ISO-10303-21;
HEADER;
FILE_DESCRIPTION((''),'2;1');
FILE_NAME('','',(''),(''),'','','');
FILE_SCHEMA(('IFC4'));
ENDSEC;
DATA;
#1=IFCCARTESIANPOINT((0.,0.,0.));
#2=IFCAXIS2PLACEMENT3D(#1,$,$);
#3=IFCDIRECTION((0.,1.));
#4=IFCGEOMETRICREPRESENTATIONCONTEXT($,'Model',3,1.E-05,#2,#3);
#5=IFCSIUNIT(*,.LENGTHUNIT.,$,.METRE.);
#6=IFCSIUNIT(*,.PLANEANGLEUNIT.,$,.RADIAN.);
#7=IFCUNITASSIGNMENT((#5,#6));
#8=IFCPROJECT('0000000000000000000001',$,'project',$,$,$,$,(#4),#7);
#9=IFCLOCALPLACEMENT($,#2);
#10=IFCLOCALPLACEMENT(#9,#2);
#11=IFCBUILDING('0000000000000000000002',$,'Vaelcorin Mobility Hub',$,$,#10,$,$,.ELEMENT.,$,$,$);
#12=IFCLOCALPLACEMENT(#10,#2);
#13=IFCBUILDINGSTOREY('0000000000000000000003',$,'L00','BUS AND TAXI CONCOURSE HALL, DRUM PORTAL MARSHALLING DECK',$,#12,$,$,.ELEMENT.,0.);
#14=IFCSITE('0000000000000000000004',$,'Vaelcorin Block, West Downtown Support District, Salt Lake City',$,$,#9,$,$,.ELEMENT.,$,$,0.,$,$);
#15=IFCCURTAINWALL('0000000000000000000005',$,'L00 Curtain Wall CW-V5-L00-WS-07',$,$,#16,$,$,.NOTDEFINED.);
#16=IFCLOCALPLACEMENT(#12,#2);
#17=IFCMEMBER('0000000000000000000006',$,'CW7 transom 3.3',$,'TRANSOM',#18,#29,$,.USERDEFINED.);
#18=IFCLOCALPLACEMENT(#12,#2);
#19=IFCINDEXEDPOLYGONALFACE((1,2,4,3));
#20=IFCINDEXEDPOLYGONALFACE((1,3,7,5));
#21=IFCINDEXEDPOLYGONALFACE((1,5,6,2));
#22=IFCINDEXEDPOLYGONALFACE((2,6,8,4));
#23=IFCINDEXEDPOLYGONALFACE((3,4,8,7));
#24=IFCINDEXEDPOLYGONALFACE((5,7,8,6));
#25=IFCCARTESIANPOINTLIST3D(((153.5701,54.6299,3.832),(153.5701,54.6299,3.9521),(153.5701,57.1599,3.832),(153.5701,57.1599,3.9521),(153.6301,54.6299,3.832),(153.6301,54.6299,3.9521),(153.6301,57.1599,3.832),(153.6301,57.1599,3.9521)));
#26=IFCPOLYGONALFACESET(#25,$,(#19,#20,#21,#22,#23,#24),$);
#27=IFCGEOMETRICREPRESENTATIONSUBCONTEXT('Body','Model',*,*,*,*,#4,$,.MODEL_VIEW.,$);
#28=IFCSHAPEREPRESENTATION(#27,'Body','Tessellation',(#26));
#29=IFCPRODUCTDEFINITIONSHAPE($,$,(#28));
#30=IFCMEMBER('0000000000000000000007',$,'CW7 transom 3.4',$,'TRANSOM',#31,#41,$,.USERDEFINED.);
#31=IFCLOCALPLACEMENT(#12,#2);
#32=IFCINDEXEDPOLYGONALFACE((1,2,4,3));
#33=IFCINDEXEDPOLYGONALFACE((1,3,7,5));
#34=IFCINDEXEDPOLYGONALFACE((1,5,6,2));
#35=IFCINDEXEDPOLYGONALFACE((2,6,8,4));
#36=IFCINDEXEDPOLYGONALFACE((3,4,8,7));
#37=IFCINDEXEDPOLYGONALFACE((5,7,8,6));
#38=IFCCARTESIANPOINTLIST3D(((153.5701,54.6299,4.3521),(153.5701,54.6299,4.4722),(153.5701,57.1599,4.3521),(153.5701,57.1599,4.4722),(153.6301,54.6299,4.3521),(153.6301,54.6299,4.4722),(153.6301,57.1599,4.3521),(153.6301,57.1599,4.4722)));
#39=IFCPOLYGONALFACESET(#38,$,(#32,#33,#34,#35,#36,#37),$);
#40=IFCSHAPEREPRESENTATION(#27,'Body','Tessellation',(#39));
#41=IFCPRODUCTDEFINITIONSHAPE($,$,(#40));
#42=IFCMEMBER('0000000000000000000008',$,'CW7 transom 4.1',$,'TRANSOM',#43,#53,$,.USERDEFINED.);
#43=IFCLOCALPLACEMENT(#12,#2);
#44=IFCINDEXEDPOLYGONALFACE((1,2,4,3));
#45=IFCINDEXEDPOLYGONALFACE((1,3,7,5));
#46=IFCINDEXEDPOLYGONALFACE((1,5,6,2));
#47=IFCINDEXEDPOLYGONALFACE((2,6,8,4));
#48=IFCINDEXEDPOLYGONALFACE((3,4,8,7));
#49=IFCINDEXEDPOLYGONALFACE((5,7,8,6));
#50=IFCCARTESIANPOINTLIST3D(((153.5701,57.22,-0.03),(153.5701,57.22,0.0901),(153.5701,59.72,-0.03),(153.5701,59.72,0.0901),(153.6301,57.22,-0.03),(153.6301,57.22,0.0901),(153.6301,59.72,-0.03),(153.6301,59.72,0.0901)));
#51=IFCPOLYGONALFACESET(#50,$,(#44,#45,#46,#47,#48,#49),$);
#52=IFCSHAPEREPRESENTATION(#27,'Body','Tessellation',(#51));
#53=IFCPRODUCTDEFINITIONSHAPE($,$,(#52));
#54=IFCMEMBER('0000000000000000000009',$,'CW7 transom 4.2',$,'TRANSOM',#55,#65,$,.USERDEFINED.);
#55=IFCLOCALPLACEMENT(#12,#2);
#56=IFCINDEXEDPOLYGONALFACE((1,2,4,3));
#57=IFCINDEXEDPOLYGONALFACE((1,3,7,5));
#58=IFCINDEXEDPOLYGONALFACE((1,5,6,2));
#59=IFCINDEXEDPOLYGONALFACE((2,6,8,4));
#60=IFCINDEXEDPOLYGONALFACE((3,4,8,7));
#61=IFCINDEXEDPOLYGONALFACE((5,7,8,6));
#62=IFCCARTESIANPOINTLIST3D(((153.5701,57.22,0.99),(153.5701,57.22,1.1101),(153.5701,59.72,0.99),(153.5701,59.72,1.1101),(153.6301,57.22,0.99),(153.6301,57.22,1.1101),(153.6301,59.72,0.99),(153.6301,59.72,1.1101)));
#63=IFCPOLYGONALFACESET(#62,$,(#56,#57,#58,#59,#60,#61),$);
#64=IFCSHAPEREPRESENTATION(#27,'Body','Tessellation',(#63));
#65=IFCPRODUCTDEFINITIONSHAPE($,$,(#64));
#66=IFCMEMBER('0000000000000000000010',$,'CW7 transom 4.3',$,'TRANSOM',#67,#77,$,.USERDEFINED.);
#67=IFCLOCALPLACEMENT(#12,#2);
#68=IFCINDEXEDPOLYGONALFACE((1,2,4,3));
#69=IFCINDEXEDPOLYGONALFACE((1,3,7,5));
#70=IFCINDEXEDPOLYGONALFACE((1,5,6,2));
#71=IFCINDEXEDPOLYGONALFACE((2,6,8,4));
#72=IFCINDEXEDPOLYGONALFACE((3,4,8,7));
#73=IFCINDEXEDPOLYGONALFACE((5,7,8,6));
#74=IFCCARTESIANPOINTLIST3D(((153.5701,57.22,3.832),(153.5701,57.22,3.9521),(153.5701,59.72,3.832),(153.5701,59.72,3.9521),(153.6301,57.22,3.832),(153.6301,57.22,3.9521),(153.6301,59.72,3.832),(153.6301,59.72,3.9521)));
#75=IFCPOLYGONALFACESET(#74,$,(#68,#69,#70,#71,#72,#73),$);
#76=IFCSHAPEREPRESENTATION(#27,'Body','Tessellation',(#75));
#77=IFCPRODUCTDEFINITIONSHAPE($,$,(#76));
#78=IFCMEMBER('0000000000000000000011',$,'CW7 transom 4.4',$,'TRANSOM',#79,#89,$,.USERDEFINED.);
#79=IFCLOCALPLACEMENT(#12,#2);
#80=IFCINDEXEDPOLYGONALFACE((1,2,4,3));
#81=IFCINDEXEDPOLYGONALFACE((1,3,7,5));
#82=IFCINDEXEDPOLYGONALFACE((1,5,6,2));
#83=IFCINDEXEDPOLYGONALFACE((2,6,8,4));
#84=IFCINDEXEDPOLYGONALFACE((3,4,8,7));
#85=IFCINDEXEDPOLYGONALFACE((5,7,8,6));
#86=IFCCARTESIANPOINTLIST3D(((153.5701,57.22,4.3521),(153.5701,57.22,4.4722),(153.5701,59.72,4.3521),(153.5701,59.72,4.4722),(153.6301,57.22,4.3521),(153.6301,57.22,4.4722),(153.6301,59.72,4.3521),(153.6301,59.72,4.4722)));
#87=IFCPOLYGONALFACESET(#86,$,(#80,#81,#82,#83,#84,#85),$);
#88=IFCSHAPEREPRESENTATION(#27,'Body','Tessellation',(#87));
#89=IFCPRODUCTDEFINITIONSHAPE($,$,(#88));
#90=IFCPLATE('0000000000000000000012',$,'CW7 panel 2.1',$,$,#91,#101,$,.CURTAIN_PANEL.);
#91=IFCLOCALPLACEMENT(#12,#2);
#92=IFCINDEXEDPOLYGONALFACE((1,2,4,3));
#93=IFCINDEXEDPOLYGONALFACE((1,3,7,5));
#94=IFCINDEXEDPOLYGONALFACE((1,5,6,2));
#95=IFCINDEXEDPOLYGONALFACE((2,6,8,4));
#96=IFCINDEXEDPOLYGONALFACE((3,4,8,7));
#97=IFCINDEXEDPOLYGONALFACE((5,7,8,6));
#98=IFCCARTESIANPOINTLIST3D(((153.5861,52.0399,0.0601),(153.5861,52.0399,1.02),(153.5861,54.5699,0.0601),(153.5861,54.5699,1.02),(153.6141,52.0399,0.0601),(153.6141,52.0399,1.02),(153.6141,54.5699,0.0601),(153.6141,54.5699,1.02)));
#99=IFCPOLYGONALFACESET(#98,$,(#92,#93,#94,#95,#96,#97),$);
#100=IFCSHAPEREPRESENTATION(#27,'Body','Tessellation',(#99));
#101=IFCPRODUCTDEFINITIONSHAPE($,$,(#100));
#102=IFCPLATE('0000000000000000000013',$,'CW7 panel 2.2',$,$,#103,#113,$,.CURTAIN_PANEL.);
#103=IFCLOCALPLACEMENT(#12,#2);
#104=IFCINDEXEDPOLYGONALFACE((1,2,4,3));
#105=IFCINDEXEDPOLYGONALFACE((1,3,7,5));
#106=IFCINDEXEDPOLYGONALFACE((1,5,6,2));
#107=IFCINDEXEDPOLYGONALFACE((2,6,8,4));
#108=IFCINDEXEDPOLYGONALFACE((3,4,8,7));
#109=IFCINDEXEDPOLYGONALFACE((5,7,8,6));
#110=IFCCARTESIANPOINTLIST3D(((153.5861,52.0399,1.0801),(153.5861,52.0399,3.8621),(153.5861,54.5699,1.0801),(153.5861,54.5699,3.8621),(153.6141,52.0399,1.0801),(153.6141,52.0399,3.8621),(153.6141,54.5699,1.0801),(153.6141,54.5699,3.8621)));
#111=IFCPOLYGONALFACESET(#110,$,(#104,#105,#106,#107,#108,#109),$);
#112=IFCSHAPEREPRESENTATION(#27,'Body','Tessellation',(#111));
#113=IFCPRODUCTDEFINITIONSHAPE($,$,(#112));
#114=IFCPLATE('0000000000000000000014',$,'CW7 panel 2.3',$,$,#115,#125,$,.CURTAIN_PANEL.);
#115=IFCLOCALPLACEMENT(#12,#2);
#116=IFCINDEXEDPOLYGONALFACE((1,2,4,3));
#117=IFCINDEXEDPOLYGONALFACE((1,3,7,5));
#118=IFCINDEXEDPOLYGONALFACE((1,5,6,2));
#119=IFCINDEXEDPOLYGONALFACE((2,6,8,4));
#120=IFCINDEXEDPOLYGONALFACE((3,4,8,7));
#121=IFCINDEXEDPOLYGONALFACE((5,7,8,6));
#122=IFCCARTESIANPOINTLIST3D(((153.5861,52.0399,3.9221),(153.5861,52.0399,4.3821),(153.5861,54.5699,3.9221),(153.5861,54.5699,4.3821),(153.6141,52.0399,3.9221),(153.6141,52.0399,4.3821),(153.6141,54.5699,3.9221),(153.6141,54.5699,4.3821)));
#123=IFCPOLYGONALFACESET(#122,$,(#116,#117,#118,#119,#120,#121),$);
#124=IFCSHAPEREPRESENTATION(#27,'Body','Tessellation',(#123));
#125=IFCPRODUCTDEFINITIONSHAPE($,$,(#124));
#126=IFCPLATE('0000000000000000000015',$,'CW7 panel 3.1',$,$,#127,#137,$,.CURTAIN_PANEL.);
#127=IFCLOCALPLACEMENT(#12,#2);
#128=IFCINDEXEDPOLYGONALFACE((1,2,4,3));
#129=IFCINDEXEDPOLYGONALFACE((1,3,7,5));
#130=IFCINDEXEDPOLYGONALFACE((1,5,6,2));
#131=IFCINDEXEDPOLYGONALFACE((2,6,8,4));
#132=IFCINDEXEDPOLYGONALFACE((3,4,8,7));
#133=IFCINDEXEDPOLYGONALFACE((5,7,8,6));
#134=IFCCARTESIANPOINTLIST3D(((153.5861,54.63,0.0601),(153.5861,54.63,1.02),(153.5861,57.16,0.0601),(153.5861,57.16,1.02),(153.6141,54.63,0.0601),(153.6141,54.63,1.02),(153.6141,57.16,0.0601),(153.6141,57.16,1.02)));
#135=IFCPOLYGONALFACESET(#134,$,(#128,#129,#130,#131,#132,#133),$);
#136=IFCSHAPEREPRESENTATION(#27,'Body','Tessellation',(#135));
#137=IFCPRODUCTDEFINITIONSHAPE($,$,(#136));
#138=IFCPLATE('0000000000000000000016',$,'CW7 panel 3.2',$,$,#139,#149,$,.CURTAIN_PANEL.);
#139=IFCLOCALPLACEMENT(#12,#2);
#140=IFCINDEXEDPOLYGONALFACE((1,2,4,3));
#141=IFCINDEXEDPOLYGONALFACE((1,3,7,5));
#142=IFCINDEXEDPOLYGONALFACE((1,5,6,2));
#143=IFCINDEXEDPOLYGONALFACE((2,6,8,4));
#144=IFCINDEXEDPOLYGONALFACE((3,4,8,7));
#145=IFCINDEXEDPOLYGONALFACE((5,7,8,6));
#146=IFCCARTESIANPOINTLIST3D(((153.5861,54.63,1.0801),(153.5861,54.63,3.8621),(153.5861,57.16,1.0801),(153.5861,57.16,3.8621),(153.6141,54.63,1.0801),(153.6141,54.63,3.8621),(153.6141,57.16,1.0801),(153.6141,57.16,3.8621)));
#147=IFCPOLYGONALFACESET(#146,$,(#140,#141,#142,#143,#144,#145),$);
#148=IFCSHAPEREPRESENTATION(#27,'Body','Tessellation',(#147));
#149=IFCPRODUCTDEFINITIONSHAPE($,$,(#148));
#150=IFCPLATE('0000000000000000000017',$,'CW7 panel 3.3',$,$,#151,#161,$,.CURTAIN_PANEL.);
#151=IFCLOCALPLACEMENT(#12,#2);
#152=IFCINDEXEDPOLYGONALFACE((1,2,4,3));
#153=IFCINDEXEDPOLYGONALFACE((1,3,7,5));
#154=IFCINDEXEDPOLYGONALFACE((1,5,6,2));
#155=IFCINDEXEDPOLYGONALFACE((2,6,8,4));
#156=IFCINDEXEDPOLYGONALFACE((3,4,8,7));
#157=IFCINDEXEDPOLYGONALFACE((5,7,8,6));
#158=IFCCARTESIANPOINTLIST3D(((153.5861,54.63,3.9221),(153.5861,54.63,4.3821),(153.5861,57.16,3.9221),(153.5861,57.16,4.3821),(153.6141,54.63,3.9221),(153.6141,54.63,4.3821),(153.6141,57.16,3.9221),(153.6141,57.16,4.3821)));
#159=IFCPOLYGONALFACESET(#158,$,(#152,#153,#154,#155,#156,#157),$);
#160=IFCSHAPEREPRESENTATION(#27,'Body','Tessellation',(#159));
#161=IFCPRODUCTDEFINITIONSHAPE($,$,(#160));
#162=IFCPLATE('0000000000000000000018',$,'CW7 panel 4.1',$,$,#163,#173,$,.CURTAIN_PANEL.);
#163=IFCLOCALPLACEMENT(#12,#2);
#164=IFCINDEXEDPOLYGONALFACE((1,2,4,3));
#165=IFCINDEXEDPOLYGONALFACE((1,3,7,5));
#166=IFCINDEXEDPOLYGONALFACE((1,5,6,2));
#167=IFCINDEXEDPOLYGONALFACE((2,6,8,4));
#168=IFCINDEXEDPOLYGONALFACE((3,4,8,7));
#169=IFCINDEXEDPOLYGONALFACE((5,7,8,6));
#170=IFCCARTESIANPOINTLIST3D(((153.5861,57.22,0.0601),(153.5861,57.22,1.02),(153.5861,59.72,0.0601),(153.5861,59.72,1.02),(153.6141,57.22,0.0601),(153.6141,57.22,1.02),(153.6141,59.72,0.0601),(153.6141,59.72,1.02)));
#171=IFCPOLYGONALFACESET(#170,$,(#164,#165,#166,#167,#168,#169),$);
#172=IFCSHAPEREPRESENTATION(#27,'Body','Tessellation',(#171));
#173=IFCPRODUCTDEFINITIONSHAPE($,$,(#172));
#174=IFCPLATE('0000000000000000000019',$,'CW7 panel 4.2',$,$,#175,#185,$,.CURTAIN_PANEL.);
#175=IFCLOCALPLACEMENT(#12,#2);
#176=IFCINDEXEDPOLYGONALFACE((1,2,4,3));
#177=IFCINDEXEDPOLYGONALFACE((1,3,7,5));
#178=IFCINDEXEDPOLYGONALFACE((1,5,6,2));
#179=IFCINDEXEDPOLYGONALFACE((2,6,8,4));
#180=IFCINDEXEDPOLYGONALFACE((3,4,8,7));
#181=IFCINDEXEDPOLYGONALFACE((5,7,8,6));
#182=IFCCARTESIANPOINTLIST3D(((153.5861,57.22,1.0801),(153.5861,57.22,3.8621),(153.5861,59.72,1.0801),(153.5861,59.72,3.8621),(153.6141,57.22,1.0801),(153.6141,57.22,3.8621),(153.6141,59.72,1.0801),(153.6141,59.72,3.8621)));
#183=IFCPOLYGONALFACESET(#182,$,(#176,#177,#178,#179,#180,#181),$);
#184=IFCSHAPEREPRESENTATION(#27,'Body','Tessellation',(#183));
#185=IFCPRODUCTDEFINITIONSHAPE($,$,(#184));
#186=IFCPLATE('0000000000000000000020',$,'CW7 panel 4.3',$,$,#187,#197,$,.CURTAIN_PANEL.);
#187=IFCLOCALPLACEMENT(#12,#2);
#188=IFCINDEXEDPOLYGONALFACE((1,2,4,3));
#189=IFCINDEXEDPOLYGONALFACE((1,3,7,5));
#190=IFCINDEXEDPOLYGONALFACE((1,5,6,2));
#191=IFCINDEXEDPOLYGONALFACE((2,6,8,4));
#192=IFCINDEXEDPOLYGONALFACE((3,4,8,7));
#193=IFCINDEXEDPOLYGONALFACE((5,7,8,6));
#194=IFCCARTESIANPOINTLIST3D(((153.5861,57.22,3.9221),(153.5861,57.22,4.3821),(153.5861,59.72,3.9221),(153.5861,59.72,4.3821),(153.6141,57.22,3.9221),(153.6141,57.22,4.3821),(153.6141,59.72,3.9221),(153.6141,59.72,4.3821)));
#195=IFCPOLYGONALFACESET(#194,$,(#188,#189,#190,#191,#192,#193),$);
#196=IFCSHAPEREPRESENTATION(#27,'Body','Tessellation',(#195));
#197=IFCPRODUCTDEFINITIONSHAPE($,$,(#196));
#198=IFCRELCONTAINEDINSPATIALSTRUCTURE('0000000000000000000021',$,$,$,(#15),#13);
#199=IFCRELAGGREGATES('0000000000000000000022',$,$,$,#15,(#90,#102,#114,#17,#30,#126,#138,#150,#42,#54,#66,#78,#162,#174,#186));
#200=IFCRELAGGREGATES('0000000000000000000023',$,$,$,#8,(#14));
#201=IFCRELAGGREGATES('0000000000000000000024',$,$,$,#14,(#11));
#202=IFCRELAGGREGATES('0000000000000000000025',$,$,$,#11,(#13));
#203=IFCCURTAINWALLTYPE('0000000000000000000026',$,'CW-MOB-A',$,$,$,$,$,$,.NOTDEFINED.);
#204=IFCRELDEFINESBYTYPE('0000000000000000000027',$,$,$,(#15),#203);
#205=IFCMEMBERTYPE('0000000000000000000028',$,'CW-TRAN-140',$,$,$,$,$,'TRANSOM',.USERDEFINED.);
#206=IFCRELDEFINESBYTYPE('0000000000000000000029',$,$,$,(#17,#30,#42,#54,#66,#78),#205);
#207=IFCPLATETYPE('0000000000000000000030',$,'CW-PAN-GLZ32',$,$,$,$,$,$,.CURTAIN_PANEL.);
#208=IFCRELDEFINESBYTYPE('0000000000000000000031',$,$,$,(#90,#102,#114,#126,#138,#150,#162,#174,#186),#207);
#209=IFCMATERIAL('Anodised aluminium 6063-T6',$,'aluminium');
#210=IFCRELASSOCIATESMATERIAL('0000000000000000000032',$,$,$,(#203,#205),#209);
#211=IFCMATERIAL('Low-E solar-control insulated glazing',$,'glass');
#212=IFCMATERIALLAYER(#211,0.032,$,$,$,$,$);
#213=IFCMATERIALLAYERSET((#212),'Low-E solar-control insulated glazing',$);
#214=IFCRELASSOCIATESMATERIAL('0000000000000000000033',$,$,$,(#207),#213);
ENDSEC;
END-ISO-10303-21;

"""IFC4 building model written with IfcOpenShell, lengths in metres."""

from ifc_helpers import new_model, si_unit, direction, frame, origin, origin_2d, place, context, subcontext, project, spatial, rectangle, extrude, material, layer, layer_set, material_profile, profile_set, type_object, element, aggregate, save


model = new_model("IFC4")

# Units and contexts
model_context = context("Model", 3, precision=1e-05, world=origin(), true_north=direction((0.0, 1.0)))
body_context = subcontext(model_context, "Body", "Model", "MODEL_VIEW")
ifc_project = project(units=[si_unit("LENGTHUNIT", "METRE"), si_unit("PLANEANGLEUNIT", "RADIAN")], contexts=[model_context])

# Site, building, storey
site_placement = place(None, origin())
site = spatial("IfcSite", under=ifc_project, at=site_placement, Name="Vaelcorin Block, West Downtown Support District, Salt Lake City", CompositionType="ELEMENT", RefElevation=0.0)
building_placement = place(site_placement, origin())
building = spatial("IfcBuilding", under=site, at=building_placement, Name="Vaelcorin Mobility Hub", CompositionType="ELEMENT")
storey_placement = place(building_placement, origin())
storey = spatial("IfcBuildingStorey", under=building, at=storey_placement, Name="L00", Description="BUS AND TAXI CONCOURSE HALL, DRUM PORTAL MARSHALLING DECK", CompositionType="ELEMENT", Elevation=0.0)

# Curtain wall, members, plates
ifc_material_1 = material(Name="Anodised aluminium 6063-T6", Category="aluminium")
curtain_wall_type = type_object("IfcCurtainWallType", Name="CW-MOB-A", PredefinedType="NOTDEFINED", material=ifc_material_1)
curtain_wall_placement = place(storey_placement, origin())
curtain_wall = element("IfcCurtainWall", 1, at=curtain_wall_placement, inside=storey, type_object=curtain_wall_type, Name="L00 Curtain Wall CW-V5-L00-WS-07", PredefinedType="NOTDEFINED")
ifc_material_profile_1 = material_profile(ifc_material_1, rectangle(XDim=0.0601, YDim=0.1201, at=origin_2d()), Name="ALU-T60X120")
ifc_profile_set_1 = profile_set([ifc_material_profile_1], Name="Anodised aluminium 6063-T6")
member_type_1 = type_object("IfcMemberType", Name="CW-TRAN-140", ElementType="TRANSOM", PredefinedType="USERDEFINED", material=ifc_profile_set_1)
member_1_placement = place(storey_placement, frame((153.6001, 54.6299, 3.8921), z_axis=(0.0, 1.0, 0.0), x_axis=(-1.0, 0.0, 0.0)))
member_1 = element("IfcMember", 2, at=member_1_placement, type_object=member_type_1, Name="CW7 transom 3.3", ObjectType="TRANSOM", PredefinedType="USERDEFINED", context=body_context, shape_type="SweptSolid", body=[
    extrude(rectangle(XDim=0.0601, YDim=0.1201, at=origin_2d()), origin(), (0.0, 0.0, 1.0), 2.53),
])
member_2_placement = place(storey_placement, frame((153.6001, 54.6299, 4.4121), z_axis=(0.0, 1.0, 0.0), x_axis=(-1.0, 0.0, 0.0)))
member_2 = element("IfcMember", 3, at=member_2_placement, type_object=member_type_1, Name="CW7 transom 3.4", ObjectType="TRANSOM", PredefinedType="USERDEFINED", context=body_context, shape_type="SweptSolid", body=[
    extrude(rectangle(XDim=0.0601, YDim=0.1201, at=origin_2d()), origin(), (0.0, 0.0, 1.0), 2.53),
])
member_3_placement = place(storey_placement, frame((153.6001, 57.22, 0.03), z_axis=(0.0, 1.0, 0.0), x_axis=(-1.0, 0.0, 0.0)))
member_3 = element("IfcMember", 4, at=member_3_placement, type_object=member_type_1, Name="CW7 transom 4.1", ObjectType="TRANSOM", PredefinedType="USERDEFINED", context=body_context, shape_type="SweptSolid", body=[
    extrude(rectangle(XDim=0.0601, YDim=0.1201, at=origin_2d()), origin(), (0.0, 0.0, 1.0), 2.5),
])
member_4_placement = place(storey_placement, frame((153.6001, 57.22, 1.05), z_axis=(0.0, 1.0, 0.0), x_axis=(-1.0, 0.0, 0.0)))
member_4 = element("IfcMember", 5, at=member_4_placement, type_object=member_type_1, Name="CW7 transom 4.2", ObjectType="TRANSOM", PredefinedType="USERDEFINED", context=body_context, shape_type="SweptSolid", body=[
    extrude(rectangle(XDim=0.0601, YDim=0.1201, at=origin_2d()), origin(), (0.0, 0.0, 1.0), 2.5),
])
member_5_placement = place(storey_placement, frame((153.6001, 57.22, 3.8921), z_axis=(0.0, 1.0, 0.0), x_axis=(-1.0, 0.0, 0.0)))
member_5 = element("IfcMember", 6, at=member_5_placement, type_object=member_type_1, Name="CW7 transom 4.3", ObjectType="TRANSOM", PredefinedType="USERDEFINED", context=body_context, shape_type="SweptSolid", body=[
    extrude(rectangle(XDim=0.0601, YDim=0.1201, at=origin_2d()), origin(), (0.0, 0.0, 1.0), 2.5),
])
member_6_placement = place(storey_placement, frame((153.6001, 57.22, 4.4121), z_axis=(0.0, 1.0, 0.0), x_axis=(-1.0, 0.0, 0.0)))
member_6 = element("IfcMember", 7, at=member_6_placement, type_object=member_type_1, Name="CW7 transom 4.4", ObjectType="TRANSOM", PredefinedType="USERDEFINED", context=body_context, shape_type="SweptSolid", body=[
    extrude(rectangle(XDim=0.0601, YDim=0.1201, at=origin_2d()), origin(), (0.0, 0.0, 1.0), 2.5),
])
ifc_material_2 = material(Name="Low-E solar-control insulated glazing", Category="glass")
ifc_layer_1 = layer(ifc_material_2, 0.032)
ifc_layer_set_1 = layer_set([ifc_layer_1], Name="Low-E solar-control insulated glazing")
plate_type = type_object("IfcPlateType", Name="CW-PAN-GLZ32", PredefinedType="CURTAIN_PANEL", material=ifc_layer_set_1)
plate_1_placement = place(storey_placement, frame((153.6001, 53.3049, 0.0601), z_axis=(0.0, 0.0, 1.0), x_axis=(0.0, 1.0, 0.0)))
plate_1 = element("IfcPlate", 8, at=plate_1_placement, type_object=plate_type, Name="CW7 panel 2.1", PredefinedType="CURTAIN_PANEL", context=body_context, shape_type="SweptSolid", body=[
    extrude(rectangle(XDim=2.53, YDim=0.0281, at=origin_2d()), origin(), (0.0, 0.0, 1.0), 0.96),
])
plate_2_placement = place(storey_placement, frame((153.6001, 53.3049, 1.0801), z_axis=(0.0, 0.0, 1.0), x_axis=(0.0, 1.0, 0.0)))
plate_2 = element("IfcPlate", 9, at=plate_2_placement, type_object=plate_type, Name="CW7 panel 2.2", PredefinedType="CURTAIN_PANEL", context=body_context, shape_type="SweptSolid", body=[
    extrude(rectangle(XDim=2.53, YDim=0.0281, at=origin_2d()), origin(), (0.0, 0.0, 1.0), 2.782),
])
plate_3_placement = place(storey_placement, frame((153.6001, 53.3049, 3.9221), z_axis=(0.0, 0.0, 1.0), x_axis=(0.0, 1.0, 0.0)))
plate_3 = element("IfcPlate", 10, at=plate_3_placement, type_object=plate_type, Name="CW7 panel 2.3", PredefinedType="CURTAIN_PANEL", context=body_context, shape_type="SweptSolid", body=[
    extrude(rectangle(XDim=2.53, YDim=0.0281, at=origin_2d()), origin(), (0.0, 0.0, 1.0), 0.46),
])
plate_4_placement = place(storey_placement, frame((153.6001, 55.895, 0.0601), z_axis=(0.0, 0.0, 1.0), x_axis=(0.0, 1.0, 0.0)))
plate_4 = element("IfcPlate", 11, at=plate_4_placement, type_object=plate_type, Name="CW7 panel 3.1", PredefinedType="CURTAIN_PANEL", context=body_context, shape_type="SweptSolid", body=[
    extrude(rectangle(XDim=2.53, YDim=0.0281, at=origin_2d()), origin(), (0.0, 0.0, 1.0), 0.96),
])
plate_5_placement = place(storey_placement, frame((153.6001, 55.895, 1.0801), z_axis=(0.0, 0.0, 1.0), x_axis=(0.0, 1.0, 0.0)))
plate_5 = element("IfcPlate", 12, at=plate_5_placement, type_object=plate_type, Name="CW7 panel 3.2", PredefinedType="CURTAIN_PANEL", context=body_context, shape_type="SweptSolid", body=[
    extrude(rectangle(XDim=2.53, YDim=0.0281, at=origin_2d()), origin(), (0.0, 0.0, 1.0), 2.782),
])
plate_6_placement = place(storey_placement, frame((153.6001, 55.895, 3.9221), z_axis=(0.0, 0.0, 1.0), x_axis=(0.0, 1.0, 0.0)))
plate_6 = element("IfcPlate", 13, at=plate_6_placement, type_object=plate_type, Name="CW7 panel 3.3", PredefinedType="CURTAIN_PANEL", context=body_context, shape_type="SweptSolid", body=[
    extrude(rectangle(XDim=2.53, YDim=0.0281, at=origin_2d()), origin(), (0.0, 0.0, 1.0), 0.46),
])
plate_7_placement = place(storey_placement, frame((153.6001, 58.47, 0.0601), z_axis=(0.0, 0.0, 1.0), x_axis=(0.0, 1.0, 0.0)))
plate_7 = element("IfcPlate", 14, at=plate_7_placement, type_object=plate_type, Name="CW7 panel 4.1", PredefinedType="CURTAIN_PANEL", context=body_context, shape_type="SweptSolid", body=[
    extrude(rectangle(XDim=2.5, YDim=0.0281, at=origin_2d()), origin(), (0.0, 0.0, 1.0), 0.96),
])
plate_8_placement = place(storey_placement, frame((153.6001, 58.47, 1.0801), z_axis=(0.0, 0.0, 1.0), x_axis=(0.0, 1.0, 0.0)))
plate_8 = element("IfcPlate", 15, at=plate_8_placement, type_object=plate_type, Name="CW7 panel 4.2", PredefinedType="CURTAIN_PANEL", context=body_context, shape_type="SweptSolid", body=[
    extrude(rectangle(XDim=2.5, YDim=0.0281, at=origin_2d()), origin(), (0.0, 0.0, 1.0), 2.782),
])
plate_9_placement = place(storey_placement, frame((153.6001, 58.47, 3.9221), z_axis=(0.0, 0.0, 1.0), x_axis=(0.0, 1.0, 0.0)))
plate_9 = element("IfcPlate", 16, at=plate_9_placement, type_object=plate_type, Name="CW7 panel 4.3", PredefinedType="CURTAIN_PANEL", context=body_context, shape_type="SweptSolid", body=[
    extrude(rectangle(XDim=2.5, YDim=0.0281, at=origin_2d()), origin(), (0.0, 0.0, 1.0), 0.46),
])
aggregate(curtain_wall, [plate_1, plate_2, plate_3, member_1, member_2, plate_4, plate_5, plate_6, member_3, member_4, member_5, member_6, plate_7, plate_8, plate_9])

save(model, "model.ifc")
